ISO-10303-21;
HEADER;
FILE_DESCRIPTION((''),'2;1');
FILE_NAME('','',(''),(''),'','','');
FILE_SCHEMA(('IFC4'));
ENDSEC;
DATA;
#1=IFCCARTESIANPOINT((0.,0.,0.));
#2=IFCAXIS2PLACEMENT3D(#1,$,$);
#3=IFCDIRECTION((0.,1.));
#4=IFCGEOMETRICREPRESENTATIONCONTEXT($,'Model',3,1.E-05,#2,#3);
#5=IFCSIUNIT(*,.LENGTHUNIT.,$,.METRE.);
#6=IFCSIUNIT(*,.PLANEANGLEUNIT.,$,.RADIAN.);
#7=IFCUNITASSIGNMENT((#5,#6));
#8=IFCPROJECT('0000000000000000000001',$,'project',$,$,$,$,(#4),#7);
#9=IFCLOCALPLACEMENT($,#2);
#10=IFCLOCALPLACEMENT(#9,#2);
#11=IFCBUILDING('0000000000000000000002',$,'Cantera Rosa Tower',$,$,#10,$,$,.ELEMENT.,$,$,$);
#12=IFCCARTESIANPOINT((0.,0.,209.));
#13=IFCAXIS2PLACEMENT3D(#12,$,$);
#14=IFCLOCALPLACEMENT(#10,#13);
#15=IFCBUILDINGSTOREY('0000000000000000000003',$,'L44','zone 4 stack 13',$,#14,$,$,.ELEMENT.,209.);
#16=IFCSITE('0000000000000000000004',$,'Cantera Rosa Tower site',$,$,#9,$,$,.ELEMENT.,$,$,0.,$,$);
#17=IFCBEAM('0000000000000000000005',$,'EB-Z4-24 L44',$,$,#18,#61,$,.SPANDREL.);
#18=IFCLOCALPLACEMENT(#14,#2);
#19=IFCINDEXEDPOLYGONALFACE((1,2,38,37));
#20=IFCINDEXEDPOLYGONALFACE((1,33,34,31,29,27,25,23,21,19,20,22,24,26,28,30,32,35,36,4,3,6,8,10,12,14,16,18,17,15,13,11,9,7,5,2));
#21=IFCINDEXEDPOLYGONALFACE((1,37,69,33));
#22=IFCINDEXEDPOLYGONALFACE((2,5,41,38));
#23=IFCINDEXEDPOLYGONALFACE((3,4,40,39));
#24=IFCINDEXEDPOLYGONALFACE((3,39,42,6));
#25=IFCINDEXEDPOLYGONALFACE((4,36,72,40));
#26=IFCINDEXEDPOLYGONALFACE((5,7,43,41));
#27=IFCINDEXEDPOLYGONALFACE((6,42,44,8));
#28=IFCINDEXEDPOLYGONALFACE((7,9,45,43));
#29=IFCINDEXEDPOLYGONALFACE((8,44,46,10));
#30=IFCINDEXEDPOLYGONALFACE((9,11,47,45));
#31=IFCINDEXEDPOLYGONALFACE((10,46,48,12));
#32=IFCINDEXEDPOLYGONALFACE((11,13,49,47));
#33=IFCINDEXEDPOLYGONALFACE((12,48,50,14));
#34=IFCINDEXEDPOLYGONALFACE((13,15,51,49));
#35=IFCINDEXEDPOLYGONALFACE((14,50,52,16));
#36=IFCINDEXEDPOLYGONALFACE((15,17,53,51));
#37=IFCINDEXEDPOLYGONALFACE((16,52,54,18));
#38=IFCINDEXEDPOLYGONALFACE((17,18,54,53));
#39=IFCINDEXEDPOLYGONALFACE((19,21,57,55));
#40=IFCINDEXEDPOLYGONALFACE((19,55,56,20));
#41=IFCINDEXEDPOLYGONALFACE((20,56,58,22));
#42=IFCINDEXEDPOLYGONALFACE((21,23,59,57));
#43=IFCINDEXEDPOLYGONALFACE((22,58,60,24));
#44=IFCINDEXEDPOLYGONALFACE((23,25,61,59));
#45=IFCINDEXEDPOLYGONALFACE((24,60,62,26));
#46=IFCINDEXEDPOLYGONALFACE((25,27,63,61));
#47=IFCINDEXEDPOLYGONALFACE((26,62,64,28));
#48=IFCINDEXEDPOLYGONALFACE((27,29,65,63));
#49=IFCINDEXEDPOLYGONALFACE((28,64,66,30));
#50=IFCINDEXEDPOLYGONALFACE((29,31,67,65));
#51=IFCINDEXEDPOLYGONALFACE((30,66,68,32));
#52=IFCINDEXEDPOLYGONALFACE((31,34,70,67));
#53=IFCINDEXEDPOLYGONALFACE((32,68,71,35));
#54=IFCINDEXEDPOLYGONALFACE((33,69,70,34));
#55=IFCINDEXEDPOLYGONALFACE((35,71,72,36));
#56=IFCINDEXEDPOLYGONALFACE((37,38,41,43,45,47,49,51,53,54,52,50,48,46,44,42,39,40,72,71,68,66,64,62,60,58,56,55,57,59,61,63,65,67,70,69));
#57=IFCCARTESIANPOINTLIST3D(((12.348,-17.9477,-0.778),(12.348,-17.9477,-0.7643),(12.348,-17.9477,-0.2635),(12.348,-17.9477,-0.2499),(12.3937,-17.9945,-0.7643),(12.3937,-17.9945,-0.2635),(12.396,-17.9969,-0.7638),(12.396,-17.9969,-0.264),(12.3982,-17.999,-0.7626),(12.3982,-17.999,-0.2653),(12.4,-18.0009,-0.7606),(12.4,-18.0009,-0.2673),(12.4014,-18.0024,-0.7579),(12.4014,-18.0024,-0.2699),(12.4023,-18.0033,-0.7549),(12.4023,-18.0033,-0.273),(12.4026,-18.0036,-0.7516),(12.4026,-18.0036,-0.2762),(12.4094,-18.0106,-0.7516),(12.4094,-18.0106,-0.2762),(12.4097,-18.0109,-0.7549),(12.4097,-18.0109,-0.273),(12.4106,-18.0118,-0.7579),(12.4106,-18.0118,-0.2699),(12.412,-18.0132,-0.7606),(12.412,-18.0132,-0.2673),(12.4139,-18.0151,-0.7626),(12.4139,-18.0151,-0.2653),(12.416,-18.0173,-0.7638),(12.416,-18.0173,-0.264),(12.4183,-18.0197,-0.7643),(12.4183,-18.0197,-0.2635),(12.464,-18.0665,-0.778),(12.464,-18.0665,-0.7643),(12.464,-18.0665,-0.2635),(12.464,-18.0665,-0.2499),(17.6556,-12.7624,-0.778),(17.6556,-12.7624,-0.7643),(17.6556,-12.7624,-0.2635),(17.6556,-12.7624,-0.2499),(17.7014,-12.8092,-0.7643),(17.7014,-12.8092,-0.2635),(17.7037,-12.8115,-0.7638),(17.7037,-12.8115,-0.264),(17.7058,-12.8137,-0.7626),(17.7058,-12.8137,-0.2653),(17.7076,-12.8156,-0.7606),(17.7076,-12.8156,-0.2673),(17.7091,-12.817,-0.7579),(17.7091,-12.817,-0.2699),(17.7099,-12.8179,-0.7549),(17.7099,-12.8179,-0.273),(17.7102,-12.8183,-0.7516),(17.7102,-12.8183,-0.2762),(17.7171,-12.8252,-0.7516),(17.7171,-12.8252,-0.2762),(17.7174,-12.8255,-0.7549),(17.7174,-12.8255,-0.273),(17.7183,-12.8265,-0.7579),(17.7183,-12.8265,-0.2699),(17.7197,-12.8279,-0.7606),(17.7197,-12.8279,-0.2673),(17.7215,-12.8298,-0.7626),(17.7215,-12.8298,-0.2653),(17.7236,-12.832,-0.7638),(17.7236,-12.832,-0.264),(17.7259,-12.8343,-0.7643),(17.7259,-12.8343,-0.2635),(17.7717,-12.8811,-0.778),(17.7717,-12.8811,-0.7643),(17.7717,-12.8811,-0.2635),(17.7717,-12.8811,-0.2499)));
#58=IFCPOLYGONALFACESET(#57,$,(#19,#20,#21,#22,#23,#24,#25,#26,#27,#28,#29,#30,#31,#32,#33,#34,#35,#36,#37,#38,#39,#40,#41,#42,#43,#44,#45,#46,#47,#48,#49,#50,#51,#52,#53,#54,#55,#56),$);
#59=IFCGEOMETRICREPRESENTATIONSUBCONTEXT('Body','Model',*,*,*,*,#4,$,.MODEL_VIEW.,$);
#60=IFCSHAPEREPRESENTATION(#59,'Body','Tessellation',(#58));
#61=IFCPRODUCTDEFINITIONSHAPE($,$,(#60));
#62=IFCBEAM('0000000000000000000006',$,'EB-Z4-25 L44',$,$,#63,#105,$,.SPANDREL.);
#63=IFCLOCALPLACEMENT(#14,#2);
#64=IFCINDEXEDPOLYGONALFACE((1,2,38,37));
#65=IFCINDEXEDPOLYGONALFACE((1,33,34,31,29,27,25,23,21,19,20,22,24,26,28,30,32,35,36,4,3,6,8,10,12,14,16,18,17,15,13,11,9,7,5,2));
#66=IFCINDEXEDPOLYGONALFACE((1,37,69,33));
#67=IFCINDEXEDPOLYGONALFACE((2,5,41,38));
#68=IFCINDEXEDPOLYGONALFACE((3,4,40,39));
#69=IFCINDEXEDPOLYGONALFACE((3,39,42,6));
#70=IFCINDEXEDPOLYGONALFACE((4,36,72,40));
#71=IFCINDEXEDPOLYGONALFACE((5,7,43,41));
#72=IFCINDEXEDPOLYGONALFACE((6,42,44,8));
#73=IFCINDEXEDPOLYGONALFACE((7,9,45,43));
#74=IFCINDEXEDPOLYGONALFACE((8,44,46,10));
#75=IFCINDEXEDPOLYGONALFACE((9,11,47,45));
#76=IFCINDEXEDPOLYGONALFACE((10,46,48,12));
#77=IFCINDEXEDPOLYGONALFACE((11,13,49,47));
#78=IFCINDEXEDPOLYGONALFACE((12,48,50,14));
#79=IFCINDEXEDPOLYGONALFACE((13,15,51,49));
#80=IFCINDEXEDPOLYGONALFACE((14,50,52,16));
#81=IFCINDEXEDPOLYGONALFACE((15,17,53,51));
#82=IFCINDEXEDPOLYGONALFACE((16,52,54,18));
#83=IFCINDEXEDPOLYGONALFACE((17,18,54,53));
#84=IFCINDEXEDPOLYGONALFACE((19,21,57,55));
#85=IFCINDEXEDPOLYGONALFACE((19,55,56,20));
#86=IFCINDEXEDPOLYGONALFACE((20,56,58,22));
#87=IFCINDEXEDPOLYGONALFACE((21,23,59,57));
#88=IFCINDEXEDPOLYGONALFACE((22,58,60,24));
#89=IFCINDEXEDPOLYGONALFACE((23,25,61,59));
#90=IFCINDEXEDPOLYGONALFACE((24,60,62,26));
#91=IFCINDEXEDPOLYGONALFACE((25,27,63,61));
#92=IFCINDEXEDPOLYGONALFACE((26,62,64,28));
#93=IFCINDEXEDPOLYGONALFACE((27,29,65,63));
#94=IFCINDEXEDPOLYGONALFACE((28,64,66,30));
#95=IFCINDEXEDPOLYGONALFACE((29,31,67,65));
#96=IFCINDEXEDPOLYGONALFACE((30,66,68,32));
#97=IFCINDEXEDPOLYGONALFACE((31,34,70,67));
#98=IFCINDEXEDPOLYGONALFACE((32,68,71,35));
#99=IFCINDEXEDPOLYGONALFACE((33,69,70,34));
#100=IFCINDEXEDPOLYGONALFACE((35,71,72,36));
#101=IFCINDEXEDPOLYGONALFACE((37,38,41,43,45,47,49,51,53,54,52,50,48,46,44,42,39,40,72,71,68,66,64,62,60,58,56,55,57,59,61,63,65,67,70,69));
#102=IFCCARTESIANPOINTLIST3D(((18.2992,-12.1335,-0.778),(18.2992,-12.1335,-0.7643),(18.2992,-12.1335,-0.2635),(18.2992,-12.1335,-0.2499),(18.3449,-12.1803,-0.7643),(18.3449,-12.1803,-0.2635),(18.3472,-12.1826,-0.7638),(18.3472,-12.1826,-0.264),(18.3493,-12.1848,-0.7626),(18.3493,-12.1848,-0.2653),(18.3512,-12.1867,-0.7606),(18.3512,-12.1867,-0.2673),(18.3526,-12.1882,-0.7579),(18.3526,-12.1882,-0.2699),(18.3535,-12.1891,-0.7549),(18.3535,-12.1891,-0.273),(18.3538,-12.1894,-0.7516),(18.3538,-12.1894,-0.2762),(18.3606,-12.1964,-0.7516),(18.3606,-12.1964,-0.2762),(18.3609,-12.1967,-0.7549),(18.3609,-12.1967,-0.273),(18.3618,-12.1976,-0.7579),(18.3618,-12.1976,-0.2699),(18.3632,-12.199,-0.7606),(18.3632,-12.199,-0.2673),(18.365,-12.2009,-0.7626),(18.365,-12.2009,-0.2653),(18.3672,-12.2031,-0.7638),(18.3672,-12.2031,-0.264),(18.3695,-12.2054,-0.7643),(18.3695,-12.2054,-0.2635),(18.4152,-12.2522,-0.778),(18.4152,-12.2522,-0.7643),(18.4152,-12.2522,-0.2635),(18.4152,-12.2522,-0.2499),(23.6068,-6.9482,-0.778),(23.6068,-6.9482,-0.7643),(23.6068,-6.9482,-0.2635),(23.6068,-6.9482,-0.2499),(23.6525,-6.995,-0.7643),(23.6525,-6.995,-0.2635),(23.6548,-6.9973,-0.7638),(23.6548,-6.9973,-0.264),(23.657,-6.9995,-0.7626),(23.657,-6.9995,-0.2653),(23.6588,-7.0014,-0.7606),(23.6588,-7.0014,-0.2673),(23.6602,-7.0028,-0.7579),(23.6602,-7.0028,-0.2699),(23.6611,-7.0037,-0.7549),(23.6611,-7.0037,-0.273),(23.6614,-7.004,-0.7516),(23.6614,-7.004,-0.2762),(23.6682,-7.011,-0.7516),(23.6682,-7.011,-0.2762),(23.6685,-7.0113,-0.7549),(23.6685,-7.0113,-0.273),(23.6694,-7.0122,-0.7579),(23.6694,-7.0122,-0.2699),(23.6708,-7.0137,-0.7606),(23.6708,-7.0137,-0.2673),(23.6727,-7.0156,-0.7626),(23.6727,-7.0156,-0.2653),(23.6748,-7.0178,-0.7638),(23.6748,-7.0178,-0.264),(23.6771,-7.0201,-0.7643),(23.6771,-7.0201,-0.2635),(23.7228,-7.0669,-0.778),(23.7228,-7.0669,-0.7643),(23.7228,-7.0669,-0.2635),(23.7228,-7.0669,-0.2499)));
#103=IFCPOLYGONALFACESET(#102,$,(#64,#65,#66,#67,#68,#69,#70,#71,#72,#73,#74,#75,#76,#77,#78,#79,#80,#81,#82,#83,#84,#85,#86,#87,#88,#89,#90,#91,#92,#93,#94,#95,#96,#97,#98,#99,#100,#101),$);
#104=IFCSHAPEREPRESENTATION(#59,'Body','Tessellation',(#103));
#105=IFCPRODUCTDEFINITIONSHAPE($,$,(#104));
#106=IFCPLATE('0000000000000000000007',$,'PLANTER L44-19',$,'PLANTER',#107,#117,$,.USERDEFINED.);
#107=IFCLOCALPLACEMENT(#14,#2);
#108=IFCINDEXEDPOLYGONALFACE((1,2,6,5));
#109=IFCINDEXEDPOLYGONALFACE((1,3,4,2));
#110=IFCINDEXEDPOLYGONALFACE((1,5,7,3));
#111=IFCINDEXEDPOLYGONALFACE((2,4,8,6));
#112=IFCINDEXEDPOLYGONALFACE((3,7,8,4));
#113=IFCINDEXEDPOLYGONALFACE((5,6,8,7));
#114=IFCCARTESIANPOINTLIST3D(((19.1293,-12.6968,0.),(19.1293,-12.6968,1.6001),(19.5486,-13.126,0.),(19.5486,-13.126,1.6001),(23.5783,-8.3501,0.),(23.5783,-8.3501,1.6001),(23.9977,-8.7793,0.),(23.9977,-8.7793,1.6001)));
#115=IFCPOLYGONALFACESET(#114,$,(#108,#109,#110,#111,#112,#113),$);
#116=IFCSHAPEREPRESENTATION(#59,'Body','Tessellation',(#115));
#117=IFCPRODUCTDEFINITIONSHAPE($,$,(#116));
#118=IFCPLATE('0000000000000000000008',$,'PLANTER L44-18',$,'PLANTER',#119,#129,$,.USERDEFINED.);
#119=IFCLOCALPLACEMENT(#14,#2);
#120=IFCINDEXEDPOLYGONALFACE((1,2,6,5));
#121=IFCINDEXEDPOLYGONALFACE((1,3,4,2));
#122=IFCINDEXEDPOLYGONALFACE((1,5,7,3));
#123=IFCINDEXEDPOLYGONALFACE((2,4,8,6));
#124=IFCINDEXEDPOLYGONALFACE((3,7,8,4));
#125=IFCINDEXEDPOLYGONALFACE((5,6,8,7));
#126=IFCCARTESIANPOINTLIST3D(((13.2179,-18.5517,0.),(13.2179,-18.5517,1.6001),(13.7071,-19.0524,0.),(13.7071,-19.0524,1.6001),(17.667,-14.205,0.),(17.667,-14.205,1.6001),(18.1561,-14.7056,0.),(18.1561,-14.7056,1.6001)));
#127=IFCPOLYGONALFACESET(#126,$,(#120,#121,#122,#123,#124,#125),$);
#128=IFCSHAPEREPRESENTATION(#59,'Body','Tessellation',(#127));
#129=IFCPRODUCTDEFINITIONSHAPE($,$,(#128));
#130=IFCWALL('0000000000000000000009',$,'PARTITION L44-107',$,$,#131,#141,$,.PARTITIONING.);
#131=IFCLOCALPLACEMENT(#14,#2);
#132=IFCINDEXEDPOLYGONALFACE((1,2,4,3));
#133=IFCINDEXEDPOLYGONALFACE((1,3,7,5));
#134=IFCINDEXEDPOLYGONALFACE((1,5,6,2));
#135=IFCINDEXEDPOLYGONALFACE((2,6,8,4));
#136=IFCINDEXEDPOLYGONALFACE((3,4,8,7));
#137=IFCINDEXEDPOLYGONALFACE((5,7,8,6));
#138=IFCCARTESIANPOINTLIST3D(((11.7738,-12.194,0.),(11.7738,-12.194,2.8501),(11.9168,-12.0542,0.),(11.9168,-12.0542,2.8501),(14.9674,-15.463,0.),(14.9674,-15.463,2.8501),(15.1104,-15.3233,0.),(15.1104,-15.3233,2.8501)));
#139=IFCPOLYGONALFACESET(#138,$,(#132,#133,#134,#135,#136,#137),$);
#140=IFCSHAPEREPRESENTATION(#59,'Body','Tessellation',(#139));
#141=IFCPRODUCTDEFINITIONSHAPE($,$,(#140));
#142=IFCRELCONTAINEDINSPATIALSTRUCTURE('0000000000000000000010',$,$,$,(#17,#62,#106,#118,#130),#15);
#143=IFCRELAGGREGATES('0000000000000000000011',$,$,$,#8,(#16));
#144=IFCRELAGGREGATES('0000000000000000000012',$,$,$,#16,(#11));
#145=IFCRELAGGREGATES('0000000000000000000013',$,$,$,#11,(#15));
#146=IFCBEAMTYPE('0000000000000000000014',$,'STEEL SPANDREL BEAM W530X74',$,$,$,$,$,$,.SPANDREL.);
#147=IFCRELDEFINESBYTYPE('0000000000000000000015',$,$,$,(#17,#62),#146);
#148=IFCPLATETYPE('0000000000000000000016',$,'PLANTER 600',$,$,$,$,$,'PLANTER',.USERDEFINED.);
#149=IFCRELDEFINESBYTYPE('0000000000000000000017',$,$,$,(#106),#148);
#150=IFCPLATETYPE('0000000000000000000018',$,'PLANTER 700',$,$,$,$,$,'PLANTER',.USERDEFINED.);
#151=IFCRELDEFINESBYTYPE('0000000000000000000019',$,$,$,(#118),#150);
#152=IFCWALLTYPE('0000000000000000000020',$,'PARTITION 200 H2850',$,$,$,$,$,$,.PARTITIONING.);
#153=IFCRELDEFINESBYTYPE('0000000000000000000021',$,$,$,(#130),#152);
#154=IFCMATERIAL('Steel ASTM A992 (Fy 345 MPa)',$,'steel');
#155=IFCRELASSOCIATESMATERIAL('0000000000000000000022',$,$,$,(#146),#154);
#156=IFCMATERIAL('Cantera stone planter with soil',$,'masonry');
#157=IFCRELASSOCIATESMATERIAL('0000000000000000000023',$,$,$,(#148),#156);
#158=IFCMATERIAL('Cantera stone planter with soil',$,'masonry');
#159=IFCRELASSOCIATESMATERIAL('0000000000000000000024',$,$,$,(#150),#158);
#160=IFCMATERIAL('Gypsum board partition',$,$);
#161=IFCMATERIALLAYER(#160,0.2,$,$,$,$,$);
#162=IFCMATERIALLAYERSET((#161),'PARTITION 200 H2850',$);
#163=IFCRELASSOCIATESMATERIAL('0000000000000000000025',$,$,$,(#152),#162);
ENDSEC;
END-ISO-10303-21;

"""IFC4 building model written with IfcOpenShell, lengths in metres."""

from ifc_helpers import new_model, si_unit, direction, frame, frame_2d, origin, origin_2d, place, context, subcontext, project, spatial, rectangle, i_section, extrude, material, layer, layer_set, material_profile, profile_set, type_object, element, save


model = new_model("IFC4")

# Units and contexts
model_context = context("Model", 3, precision=1e-05, world=origin(), true_north=direction((0.0, 1.0)))
body_context = subcontext(model_context, "Body", "Model", "MODEL_VIEW")
ifc_project = project(units=[si_unit("LENGTHUNIT", "METRE"), si_unit("PLANEANGLEUNIT", "RADIAN")], contexts=[model_context])

# Site, building, storey
site_placement = place(None, origin())
site = spatial("IfcSite", under=ifc_project, at=site_placement, Name="Cantera Rosa Tower site", CompositionType="ELEMENT", RefElevation=0.0)
building_placement = place(site_placement, origin())
building = spatial("IfcBuilding", under=site, at=building_placement, Name="Cantera Rosa Tower", CompositionType="ELEMENT")
storey_placement = place(building_placement, frame((0.0, 0.0, 209.0)))
storey = spatial("IfcBuildingStorey", under=building, at=storey_placement, Name="L44", Description="zone 4 stack 13", CompositionType="ELEMENT", Elevation=209.0)

# Beams
ifc_material_1 = material(Name="Steel ASTM A992 (Fy 345 MPa)", Category="steel")
ifc_material_profile_1 = material_profile(ifc_material_1, i_section(OverallWidth=0.166, OverallDepth=0.5281, WebThickness=0.0098, FlangeThickness=0.0137, FilletRadius=0.0127, at=origin_2d()), Name="W530X74")
ifc_profile_set_1 = profile_set([ifc_material_profile_1], Name="Steel ASTM A992 (Fy 345 MPa)")
beam_type_1 = type_object("IfcBeamType", Name="STEEL SPANDREL BEAM W530X74", PredefinedType="SPANDREL", material=ifc_profile_set_1)
for number, where, z_axis, x_axis, name in (
    (1, (12.406, -18.0071, -0.5139), (0.715301, 0.698817, 0.0), (-0.698817, 0.715301, 0.0), "EB-Z4-24 L44"),
    (2, (18.3572, -12.1929, -0.5139), (0.715301, 0.698817, 0.0), (-0.698817, 0.715301, 0.0), "EB-Z4-25 L44"),
):
    element("IfcBeam", number, at=place(storey_placement, frame(where, z_axis=z_axis, x_axis=x_axis)), inside=storey, type_object=beam_type_1, Name=name, PredefinedType="SPANDREL", context=body_context, shape_type="SweptSolid", body=[
        extrude(i_section(OverallWidth=0.166, OverallDepth=0.5281, WebThickness=0.0098, FlangeThickness=0.0137, FilletRadius=0.0127, at=origin_2d()), origin(), (0.0, 0.0, 1.0), 7.4202),
    ])

# Plates
ifc_material_2 = material(Name="Cantera stone planter with soil", Category="masonry")
plate_type_1 = type_object("IfcPlateType", Name="PLANTER 600", ElementType="PLANTER", PredefinedType="USERDEFINED", material=ifc_material_2)
plate_1_placement = place(storey_placement, frame((21.5635, -10.738, 0.0), z_axis=(0.0, 0.0, 1.0), x_axis=(0.715286, 0.698832, 0.0)))
element("IfcPlate", 3, at=plate_1_placement, inside=storey, type_object=plate_type_1, Name="PLANTER L44-19", ObjectType="PLANTER", PredefinedType="USERDEFINED", context=body_context, shape_type="SweptSolid", body=[
    extrude(rectangle(XDim=6.22, YDim=0.6001, at=origin_2d()), origin(), (0.0, 0.0, 1.0), 1.6001),
])
ifc_material_3 = material(Name="Cantera stone planter with soil", Category="masonry")
plate_type_2 = type_object("IfcPlateType", Name="PLANTER 700", ElementType="PLANTER", PredefinedType="USERDEFINED", material=ifc_material_3)
plate_2_placement = place(storey_placement, frame((15.687, -16.6287, 0.0), z_axis=(0.0, 0.0, 1.0), x_axis=(0.715286, 0.698832, 0.0)))
element("IfcPlate", 4, at=plate_2_placement, inside=storey, type_object=plate_type_2, Name="PLANTER L44-18", ObjectType="PLANTER", PredefinedType="USERDEFINED", context=body_context, shape_type="SweptSolid", body=[
    extrude(rectangle(XDim=6.22, YDim=0.7, at=origin_2d()), origin(), (0.0, 0.0, 1.0), 1.6001),
])

# Wall
ifc_material_4 = material(Name="Gypsum board partition")
ifc_layer_1 = layer(ifc_material_4, 0.2)
ifc_layer_set_1 = layer_set([ifc_layer_1], Name="PARTITION 200 H2850")
wall_type_1 = type_object("IfcWallType", Name="PARTITION 200 H2850", PredefinedType="PARTITIONING", material=ifc_layer_set_1)
wall_1_placement = place(storey_placement, frame((11.8452, -12.124, 0.0), z_axis=(0.0, 0.0, 1.0), x_axis=(0.698805, -0.715312, 0.0)))
element("IfcWall", 5, at=wall_1_placement, inside=storey, type_object=wall_type_1, Name="PARTITION L44-107", PredefinedType="PARTITIONING", context=body_context, shape_type="SweptSolid", body=[
    extrude(rectangle(XDim=4.5701, YDim=0.2, at=frame_2d((2.2852, 0.0))), origin(), (0.0, 0.0, 1.0), 2.8501),
])

save(model, "model.ifc")
